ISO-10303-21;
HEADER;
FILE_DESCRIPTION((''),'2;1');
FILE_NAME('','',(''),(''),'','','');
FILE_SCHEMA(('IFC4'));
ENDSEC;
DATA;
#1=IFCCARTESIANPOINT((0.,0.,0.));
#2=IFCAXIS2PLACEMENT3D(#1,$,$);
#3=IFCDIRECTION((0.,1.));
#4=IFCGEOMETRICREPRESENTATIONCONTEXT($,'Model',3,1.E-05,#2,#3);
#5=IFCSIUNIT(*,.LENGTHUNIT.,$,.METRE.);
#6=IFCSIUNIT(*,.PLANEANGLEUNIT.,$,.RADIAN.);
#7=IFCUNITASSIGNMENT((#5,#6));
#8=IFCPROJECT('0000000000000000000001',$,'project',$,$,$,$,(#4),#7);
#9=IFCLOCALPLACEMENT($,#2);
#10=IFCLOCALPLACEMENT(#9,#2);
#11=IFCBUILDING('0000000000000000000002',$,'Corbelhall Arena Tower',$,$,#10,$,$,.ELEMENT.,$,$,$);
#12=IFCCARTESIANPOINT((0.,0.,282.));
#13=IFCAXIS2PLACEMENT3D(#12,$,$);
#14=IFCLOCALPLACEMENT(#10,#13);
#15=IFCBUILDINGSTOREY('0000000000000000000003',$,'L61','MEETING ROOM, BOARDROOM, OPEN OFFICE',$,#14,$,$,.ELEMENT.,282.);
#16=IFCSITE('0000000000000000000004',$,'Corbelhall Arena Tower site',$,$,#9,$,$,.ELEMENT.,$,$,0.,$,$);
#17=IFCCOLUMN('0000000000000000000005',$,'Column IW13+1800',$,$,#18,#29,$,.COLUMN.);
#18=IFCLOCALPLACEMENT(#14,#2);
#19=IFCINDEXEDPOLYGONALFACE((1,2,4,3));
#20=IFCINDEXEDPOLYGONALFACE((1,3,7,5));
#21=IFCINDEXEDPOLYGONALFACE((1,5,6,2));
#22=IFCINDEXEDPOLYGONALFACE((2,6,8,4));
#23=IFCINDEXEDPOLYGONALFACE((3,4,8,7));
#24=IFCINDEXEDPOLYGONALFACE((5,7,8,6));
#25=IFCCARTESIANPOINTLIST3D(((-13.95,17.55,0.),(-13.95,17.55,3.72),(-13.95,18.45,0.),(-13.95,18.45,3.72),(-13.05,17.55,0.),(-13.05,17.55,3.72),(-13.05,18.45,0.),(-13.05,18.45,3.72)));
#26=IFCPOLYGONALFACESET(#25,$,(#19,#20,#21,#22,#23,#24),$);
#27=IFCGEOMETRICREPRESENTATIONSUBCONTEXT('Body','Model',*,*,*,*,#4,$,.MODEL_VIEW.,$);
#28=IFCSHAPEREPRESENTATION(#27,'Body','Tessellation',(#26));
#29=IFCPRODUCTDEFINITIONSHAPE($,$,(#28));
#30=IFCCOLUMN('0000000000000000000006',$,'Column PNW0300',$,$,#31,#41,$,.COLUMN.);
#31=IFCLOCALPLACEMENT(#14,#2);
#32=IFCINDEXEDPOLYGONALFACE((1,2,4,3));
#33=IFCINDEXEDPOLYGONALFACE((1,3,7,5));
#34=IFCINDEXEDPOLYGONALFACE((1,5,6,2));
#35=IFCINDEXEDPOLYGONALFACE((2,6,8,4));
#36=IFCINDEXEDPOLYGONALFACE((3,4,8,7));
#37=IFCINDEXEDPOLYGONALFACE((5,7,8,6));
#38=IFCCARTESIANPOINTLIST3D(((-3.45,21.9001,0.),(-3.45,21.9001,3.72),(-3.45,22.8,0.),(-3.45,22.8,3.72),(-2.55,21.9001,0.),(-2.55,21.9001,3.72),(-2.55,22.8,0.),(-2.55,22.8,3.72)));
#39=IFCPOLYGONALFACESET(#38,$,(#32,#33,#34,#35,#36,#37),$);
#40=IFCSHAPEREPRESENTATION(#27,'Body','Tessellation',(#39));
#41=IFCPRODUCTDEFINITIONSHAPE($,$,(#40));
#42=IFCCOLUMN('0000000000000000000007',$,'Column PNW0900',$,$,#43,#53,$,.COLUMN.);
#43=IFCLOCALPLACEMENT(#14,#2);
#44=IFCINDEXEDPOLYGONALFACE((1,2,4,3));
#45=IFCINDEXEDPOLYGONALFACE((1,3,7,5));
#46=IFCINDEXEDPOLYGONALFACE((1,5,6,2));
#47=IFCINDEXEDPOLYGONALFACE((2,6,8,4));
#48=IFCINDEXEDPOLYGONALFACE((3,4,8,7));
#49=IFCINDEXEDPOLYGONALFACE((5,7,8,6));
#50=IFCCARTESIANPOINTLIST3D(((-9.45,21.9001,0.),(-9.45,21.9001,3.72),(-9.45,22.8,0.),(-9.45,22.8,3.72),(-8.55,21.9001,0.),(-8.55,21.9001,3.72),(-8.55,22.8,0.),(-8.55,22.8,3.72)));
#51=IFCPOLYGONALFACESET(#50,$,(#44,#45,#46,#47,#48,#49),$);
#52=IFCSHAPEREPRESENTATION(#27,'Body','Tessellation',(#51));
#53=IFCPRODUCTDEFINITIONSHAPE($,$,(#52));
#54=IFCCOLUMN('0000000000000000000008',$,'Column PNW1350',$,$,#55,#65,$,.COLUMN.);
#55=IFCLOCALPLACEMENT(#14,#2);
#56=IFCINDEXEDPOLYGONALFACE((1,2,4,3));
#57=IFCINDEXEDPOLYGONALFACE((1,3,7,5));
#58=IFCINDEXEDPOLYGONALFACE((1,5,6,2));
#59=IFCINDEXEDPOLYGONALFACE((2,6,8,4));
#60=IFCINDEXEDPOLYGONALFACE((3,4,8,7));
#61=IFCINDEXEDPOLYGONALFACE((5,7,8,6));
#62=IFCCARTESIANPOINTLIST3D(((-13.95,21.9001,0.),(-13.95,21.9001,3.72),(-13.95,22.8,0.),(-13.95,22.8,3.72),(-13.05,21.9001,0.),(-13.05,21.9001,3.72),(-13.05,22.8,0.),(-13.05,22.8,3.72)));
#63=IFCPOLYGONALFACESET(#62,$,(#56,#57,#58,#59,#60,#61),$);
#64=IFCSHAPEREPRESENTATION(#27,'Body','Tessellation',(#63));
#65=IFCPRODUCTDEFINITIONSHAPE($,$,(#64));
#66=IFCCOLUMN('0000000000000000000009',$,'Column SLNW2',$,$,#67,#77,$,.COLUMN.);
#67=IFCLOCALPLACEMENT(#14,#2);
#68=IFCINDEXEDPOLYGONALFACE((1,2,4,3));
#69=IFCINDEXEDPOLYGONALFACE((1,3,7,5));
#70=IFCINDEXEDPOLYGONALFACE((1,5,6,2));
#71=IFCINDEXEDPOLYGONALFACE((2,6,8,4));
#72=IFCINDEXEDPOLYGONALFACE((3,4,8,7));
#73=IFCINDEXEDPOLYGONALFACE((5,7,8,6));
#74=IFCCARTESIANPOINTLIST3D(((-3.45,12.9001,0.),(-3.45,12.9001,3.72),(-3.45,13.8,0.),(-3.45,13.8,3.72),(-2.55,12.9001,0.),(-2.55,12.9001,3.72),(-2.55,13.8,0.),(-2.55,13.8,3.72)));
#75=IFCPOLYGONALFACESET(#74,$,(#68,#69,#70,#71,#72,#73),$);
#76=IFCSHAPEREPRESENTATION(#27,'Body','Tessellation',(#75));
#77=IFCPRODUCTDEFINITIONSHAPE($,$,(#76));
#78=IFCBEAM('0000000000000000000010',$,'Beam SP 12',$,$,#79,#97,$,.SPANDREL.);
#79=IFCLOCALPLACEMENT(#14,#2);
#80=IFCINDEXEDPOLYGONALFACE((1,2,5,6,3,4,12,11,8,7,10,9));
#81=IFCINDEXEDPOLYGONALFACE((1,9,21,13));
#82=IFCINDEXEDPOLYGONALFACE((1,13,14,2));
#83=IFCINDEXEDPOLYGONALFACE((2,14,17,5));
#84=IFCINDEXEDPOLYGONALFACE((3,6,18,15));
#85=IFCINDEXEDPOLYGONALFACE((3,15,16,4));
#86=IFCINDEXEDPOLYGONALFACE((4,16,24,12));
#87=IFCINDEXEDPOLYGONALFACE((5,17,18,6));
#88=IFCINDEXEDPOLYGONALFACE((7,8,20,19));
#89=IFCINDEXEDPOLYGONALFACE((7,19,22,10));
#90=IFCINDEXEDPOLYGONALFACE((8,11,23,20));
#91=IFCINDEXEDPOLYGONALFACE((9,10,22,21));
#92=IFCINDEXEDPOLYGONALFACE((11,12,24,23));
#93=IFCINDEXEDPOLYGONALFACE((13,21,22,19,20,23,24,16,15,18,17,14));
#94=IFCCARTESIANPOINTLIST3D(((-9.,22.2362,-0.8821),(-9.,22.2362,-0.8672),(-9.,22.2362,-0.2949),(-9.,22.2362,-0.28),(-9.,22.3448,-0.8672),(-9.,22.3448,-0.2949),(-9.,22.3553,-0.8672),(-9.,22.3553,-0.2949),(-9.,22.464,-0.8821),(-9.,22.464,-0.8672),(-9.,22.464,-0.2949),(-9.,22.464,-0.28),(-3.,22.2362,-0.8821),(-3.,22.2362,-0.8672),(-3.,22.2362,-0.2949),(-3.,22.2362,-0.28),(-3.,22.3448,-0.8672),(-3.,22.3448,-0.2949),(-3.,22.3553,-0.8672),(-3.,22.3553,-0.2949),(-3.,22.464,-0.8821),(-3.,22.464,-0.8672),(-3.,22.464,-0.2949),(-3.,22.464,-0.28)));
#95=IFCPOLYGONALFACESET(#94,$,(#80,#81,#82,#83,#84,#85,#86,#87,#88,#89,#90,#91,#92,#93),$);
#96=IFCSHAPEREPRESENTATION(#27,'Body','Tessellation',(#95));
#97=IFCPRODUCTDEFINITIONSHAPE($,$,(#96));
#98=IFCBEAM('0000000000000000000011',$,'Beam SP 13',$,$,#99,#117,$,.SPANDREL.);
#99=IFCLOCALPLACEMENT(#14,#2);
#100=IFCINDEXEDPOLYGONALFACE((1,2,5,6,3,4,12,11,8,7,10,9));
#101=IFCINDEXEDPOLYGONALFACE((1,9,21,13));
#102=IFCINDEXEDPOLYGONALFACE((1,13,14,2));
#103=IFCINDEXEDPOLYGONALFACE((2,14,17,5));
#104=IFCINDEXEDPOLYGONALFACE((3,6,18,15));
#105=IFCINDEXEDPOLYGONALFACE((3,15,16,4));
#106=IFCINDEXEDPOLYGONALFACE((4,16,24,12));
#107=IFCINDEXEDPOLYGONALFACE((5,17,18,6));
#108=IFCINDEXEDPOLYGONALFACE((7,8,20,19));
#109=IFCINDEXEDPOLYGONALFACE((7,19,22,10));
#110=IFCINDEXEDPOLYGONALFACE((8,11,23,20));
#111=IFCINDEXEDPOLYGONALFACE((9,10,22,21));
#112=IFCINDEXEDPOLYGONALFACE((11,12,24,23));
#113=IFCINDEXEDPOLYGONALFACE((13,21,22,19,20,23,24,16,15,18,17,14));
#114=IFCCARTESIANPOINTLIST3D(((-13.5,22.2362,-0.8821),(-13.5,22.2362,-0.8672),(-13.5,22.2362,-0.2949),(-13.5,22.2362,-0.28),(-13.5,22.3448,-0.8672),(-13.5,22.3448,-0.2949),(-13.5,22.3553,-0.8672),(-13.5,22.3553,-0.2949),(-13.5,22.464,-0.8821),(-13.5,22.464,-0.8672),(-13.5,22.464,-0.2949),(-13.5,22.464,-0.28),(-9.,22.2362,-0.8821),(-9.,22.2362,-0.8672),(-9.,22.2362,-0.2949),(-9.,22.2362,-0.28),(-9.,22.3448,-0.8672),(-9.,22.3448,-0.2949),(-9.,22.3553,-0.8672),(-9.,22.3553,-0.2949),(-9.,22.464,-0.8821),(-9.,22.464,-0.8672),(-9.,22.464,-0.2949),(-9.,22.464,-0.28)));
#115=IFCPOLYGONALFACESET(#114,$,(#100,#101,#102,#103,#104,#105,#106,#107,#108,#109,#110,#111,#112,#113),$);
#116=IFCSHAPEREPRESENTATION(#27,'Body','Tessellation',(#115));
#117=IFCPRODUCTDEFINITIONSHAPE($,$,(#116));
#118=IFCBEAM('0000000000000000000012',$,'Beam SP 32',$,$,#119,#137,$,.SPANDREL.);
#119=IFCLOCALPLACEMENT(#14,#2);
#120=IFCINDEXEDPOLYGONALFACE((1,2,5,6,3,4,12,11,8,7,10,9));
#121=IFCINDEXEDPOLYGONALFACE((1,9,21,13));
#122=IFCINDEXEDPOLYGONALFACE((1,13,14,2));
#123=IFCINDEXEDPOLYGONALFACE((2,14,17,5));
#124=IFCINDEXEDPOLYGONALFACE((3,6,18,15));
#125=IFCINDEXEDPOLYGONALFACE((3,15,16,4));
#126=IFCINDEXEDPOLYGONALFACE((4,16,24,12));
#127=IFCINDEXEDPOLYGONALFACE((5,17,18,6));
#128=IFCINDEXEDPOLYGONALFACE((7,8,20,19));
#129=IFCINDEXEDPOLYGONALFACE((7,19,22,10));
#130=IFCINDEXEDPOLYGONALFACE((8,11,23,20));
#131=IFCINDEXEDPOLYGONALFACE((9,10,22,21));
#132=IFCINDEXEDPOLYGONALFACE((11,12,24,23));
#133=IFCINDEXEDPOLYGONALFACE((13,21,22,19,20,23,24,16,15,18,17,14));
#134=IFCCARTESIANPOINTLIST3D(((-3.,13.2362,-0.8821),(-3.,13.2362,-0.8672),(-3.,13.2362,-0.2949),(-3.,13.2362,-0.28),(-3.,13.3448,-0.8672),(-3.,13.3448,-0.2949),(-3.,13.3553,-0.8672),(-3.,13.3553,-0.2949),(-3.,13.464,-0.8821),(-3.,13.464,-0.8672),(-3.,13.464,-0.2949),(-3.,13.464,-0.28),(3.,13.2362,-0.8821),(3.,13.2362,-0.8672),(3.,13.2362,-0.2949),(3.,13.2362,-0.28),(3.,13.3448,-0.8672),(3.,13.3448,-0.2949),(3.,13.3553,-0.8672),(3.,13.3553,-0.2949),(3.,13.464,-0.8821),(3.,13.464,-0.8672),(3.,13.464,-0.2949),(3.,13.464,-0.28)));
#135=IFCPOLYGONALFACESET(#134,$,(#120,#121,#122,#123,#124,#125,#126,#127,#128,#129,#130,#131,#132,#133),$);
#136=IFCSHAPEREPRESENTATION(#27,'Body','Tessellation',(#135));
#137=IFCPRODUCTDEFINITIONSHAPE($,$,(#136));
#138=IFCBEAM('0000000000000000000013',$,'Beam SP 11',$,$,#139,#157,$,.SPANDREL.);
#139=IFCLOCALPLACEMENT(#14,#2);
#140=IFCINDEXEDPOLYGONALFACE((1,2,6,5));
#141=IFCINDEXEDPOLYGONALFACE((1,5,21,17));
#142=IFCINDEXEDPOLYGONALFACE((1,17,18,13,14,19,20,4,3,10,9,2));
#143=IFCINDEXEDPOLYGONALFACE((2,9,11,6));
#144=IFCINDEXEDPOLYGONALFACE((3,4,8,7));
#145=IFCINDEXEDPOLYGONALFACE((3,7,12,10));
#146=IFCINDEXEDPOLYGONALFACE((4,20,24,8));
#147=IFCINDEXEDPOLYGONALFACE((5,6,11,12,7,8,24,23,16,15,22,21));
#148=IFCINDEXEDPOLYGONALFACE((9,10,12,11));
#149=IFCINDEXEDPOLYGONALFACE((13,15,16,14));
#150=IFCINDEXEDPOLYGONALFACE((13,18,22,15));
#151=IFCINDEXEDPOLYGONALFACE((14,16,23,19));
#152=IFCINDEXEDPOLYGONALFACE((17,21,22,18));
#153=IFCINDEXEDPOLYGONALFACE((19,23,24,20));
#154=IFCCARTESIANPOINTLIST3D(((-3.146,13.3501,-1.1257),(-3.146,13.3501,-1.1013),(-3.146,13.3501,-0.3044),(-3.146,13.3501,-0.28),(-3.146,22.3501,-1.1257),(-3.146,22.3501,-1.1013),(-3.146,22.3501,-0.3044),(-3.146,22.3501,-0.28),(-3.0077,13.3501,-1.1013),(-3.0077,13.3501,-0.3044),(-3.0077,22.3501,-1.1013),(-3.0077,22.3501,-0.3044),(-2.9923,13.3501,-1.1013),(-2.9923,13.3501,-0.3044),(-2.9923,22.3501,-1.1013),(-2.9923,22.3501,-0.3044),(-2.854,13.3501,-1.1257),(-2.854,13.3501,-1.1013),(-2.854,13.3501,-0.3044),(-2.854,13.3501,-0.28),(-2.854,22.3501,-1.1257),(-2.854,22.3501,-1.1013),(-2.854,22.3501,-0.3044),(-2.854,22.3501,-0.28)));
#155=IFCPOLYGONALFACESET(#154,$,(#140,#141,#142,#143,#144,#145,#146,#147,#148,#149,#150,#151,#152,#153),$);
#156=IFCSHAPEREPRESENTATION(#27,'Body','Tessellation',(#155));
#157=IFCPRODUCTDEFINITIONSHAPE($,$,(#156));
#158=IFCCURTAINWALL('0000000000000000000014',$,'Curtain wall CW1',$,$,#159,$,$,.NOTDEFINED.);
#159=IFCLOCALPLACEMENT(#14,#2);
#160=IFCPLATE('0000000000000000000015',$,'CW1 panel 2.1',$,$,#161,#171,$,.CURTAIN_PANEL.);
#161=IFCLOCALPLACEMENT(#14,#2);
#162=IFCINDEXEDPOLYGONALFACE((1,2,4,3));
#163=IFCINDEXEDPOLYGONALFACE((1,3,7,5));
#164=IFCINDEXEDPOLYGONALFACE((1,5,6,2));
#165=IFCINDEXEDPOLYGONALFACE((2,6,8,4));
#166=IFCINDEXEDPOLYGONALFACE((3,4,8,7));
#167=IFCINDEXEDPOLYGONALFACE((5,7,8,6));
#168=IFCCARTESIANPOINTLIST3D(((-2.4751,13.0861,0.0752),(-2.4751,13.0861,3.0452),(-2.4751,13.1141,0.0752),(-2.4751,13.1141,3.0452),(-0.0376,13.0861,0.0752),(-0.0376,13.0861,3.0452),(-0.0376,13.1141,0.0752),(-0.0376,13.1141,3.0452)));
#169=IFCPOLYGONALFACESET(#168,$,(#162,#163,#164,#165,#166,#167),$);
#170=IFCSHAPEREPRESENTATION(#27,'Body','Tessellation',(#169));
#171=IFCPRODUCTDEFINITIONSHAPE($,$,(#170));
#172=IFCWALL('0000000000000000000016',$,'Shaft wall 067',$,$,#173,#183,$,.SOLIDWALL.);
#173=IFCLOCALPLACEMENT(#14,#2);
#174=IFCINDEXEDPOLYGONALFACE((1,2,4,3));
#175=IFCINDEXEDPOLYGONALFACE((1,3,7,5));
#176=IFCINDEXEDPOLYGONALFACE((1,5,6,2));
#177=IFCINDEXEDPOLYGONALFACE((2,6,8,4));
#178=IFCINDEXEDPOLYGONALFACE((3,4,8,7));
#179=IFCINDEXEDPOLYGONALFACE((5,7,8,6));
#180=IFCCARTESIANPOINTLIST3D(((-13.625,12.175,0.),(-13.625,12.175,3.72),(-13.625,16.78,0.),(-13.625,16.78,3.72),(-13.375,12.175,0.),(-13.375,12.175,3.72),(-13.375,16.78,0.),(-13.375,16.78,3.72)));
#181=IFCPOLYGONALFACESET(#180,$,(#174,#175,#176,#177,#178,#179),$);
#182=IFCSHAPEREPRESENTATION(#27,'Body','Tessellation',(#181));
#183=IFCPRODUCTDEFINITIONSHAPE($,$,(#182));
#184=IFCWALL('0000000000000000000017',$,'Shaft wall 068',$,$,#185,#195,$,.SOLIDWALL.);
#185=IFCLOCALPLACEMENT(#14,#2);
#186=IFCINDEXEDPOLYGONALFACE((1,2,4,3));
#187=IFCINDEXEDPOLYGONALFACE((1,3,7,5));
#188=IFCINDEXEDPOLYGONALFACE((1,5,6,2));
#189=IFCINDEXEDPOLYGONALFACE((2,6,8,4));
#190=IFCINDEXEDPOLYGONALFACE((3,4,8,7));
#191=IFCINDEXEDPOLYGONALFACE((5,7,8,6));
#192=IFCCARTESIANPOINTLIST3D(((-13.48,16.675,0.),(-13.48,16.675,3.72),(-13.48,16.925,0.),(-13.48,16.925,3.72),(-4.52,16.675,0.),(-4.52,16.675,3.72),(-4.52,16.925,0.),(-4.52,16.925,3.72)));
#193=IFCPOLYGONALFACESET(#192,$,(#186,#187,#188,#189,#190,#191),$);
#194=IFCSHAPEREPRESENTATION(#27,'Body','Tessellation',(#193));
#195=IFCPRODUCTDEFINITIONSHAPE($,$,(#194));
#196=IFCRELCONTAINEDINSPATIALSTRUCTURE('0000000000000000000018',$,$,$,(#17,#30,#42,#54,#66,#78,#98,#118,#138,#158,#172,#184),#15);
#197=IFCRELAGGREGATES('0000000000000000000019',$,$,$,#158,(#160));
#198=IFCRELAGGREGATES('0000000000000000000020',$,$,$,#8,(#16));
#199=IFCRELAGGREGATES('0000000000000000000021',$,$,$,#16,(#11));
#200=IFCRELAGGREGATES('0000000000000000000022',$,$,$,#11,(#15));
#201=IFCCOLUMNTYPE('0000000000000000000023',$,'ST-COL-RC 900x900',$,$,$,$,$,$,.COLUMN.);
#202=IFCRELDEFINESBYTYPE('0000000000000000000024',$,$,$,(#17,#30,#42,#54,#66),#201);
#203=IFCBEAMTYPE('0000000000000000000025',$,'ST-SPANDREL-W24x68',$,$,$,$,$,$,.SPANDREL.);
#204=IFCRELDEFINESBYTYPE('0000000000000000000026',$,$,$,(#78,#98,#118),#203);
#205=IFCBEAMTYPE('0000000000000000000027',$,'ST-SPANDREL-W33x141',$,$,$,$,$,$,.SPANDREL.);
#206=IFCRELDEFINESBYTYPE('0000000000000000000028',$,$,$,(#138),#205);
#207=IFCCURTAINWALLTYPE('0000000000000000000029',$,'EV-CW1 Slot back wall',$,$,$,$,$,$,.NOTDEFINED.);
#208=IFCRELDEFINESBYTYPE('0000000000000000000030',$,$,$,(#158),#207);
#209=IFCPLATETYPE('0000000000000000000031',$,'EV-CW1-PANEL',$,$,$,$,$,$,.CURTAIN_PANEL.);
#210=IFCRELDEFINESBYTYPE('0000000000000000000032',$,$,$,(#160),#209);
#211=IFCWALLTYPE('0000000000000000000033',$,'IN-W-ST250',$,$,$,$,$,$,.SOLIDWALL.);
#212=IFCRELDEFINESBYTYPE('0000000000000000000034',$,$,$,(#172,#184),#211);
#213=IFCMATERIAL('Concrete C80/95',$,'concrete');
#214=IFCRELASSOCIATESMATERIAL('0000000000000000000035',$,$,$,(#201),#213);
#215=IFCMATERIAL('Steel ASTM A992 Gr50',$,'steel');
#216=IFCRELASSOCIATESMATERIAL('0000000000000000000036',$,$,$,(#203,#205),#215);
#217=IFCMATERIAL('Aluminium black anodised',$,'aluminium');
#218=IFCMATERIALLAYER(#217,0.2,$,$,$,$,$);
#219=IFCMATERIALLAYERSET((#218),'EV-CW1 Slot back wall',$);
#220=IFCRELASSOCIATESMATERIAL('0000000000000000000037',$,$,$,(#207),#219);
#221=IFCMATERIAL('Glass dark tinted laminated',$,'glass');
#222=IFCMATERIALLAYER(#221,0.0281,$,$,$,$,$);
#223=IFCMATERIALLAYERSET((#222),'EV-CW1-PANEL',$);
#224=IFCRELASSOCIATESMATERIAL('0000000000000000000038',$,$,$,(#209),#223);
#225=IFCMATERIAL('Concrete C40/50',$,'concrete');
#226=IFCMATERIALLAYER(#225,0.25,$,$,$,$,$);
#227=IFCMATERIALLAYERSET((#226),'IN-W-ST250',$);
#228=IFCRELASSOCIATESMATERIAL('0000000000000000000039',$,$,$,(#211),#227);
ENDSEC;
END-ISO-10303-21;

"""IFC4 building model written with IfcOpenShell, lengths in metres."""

from ifc_helpers import new_model, si_unit, direction, frame, frame_2d, origin, origin_2d, place, context, subcontext, project, spatial, rectangle, i_section, extrude, material, layer, layer_set, material_profile, profile_set, type_object, element, aggregate, save


model = new_model("IFC4")

# Units and contexts
model_context = context("Model", 3, precision=1e-05, world=origin(), true_north=direction((0.0, 1.0)))
body_context = subcontext(model_context, "Body", "Model", "MODEL_VIEW")
ifc_project = project(units=[si_unit("LENGTHUNIT", "METRE"), si_unit("PLANEANGLEUNIT", "RADIAN")], contexts=[model_context])

# Site, building, storey
site_placement = place(None, origin())
site = spatial("IfcSite", under=ifc_project, at=site_placement, Name="Corbelhall Arena Tower site", CompositionType="ELEMENT", RefElevation=0.0)
building_placement = place(site_placement, origin())
building = spatial("IfcBuilding", under=site, at=building_placement, Name="Corbelhall Arena Tower", CompositionType="ELEMENT")
storey_placement = place(building_placement, frame((0.0, 0.0, 282.0)))
storey = spatial("IfcBuildingStorey", under=building, at=storey_placement, Name="L61", Description="MEETING ROOM, BOARDROOM, OPEN OFFICE", CompositionType="ELEMENT", Elevation=282.0)

# Columns
ifc_material_1 = material(Name="Concrete C80/95", Category="concrete")
ifc_material_profile_1 = material_profile(ifc_material_1, rectangle(XDim=0.8999, YDim=0.8999, at=origin_2d()))
ifc_profile_set_1 = profile_set([ifc_material_profile_1], Name="Concrete C80/95")
column_type = type_object("IfcColumnType", Name="ST-COL-RC 900x900", PredefinedType="COLUMN", material=ifc_profile_set_1)
for number, where, z_axis, x_axis, name in (
    (1, (-13.5, 18.0, 0.0), (0.0, 0.0, 1.0), (1.0, 0.0, 0.0), "Column IW13+1800"),
    (2, (-3.0, 22.3501, 0.0), (0.0, 0.0, 1.0), (1.0, 0.0, 0.0), "Column PNW0300"),
    (3, (-9.0, 22.3501, 0.0), (0.0, 0.0, 1.0), (1.0, 0.0, 0.0), "Column PNW0900"),
    (4, (-13.5, 22.3501, 0.0), (0.0, 0.0, 1.0), (1.0, 0.0, 0.0), "Column PNW1350"),
    (5, (-3.0, 13.3501, 0.0), (0.0, 0.0, 1.0), (1.0, 0.0, 0.0), "Column SLNW2"),
):
    element("IfcColumn", number, at=place(storey_placement, frame(where, z_axis=z_axis, x_axis=x_axis)), inside=storey, type_object=column_type, Name=name, PredefinedType="COLUMN", context=body_context, shape_type="SweptSolid", body=[
        extrude(rectangle(XDim=0.8999, YDim=0.8999, at=origin_2d()), origin(), (0.0, 0.0, 1.0), 3.72),
    ])

# Beams
ifc_material_2 = material(Name="Steel ASTM A992 Gr50", Category="steel")
ifc_material_profile_2 = material_profile(ifc_material_2, i_section(OverallWidth=0.2278, OverallDepth=0.6021, WebThickness=0.0105, FlangeThickness=0.0149, at=origin_2d()))
ifc_profile_set_2 = profile_set([ifc_material_profile_2], Name="Steel ASTM A992 Gr50")
beam_type_1 = type_object("IfcBeamType", Name="ST-SPANDREL-W24x68", PredefinedType="SPANDREL", material=ifc_profile_set_2)
beam_1_placement = place(storey_placement, frame((-9.0, 22.3501, -0.5811), z_axis=(1.0, 0.0, 0.0), x_axis=(0.0, 1.0, 0.0)))
element("IfcBeam", 6, at=beam_1_placement, inside=storey, type_object=beam_type_1, Name="Beam SP 12", PredefinedType="SPANDREL", context=body_context, shape_type="SweptSolid", body=[
    extrude(i_section(OverallWidth=0.2278, OverallDepth=0.6021, WebThickness=0.0105, FlangeThickness=0.0149, at=origin_2d()), origin(), (0.0, 0.0, 1.0), 6.0),
])
beam_2_placement = place(storey_placement, frame((-13.5, 22.3501, -0.5811), z_axis=(1.0, 0.0, 0.0), x_axis=(0.0, 1.0, 0.0)))
element("IfcBeam", 7, at=beam_2_placement, inside=storey, type_object=beam_type_1, Name="Beam SP 13", PredefinedType="SPANDREL", context=body_context, shape_type="SweptSolid", body=[
    extrude(i_section(OverallWidth=0.2278, OverallDepth=0.6021, WebThickness=0.0105, FlangeThickness=0.0149, at=origin_2d()), origin(), (0.0, 0.0, 1.0), 4.5),
])
beam_3_placement = place(storey_placement, frame((-3.0, 13.3501, -0.5811), z_axis=(1.0, 0.0, 0.0), x_axis=(0.0, 1.0, 0.0)))
element("IfcBeam", 8, at=beam_3_placement, inside=storey, type_object=beam_type_1, Name="Beam SP 32", PredefinedType="SPANDREL", context=body_context, shape_type="SweptSolid", body=[
    extrude(i_section(OverallWidth=0.2278, OverallDepth=0.6021, WebThickness=0.0105, FlangeThickness=0.0149, at=origin_2d()), origin(), (0.0, 0.0, 1.0), 6.0),
])
ifc_material_profile_3 = material_profile(ifc_material_2, i_section(OverallWidth=0.292, OverallDepth=0.8457, WebThickness=0.0154, FlangeThickness=0.0244, at=origin_2d()))
ifc_profile_set_3 = profile_set([ifc_material_profile_3], Name="Steel ASTM A992 Gr50")
beam_type_2 = type_object("IfcBeamType", Name="ST-SPANDREL-W33x141", PredefinedType="SPANDREL", material=ifc_profile_set_3)
beam_4_placement = place(storey_placement, frame((-3.0, 22.3501, -0.7029), z_axis=(0.0, -1.0, 0.0), x_axis=(1.0, 0.0, 0.0)))
element("IfcBeam", 9, at=beam_4_placement, inside=storey, type_object=beam_type_2, Name="Beam SP 11", PredefinedType="SPANDREL", context=body_context, shape_type="SweptSolid", body=[
    extrude(i_section(OverallWidth=0.292, OverallDepth=0.8457, WebThickness=0.0154, FlangeThickness=0.0244, at=origin_2d()), origin(), (0.0, 0.0, 1.0), 9.0),
])

# Curtain wall, plate
ifc_material_3 = material(Name="Aluminium black anodised", Category="aluminium")
ifc_layer_1 = layer(ifc_material_3, 0.2)
ifc_layer_set_1 = layer_set([ifc_layer_1], Name="EV-CW1 Slot back wall")
curtain_wall_type = type_object("IfcCurtainWallType", Name="EV-CW1 Slot back wall", PredefinedType="NOTDEFINED", material=ifc_layer_set_1)
curtain_wall_placement = place(storey_placement, origin())
curtain_wall = element("IfcCurtainWall", 10, at=curtain_wall_placement, inside=storey, type_object=curtain_wall_type, Name="Curtain wall CW1", PredefinedType="NOTDEFINED")
ifc_material_4 = material(Name="Glass dark tinted laminated", Category="glass")
ifc_layer_2 = layer(ifc_material_4, 0.0281)
ifc_layer_set_2 = layer_set([ifc_layer_2], Name="EV-CW1-PANEL")
plate_type = type_object("IfcPlateType", Name="EV-CW1-PANEL", PredefinedType="CURTAIN_PANEL", material=ifc_layer_set_2)
plate_placement = place(storey_placement, frame((-1.2563, 13.1001, 0.0752), z_axis=(0.0, 0.0, 1.0), x_axis=(-1.0, 0.0, 0.0)))
plate = element("IfcPlate", 11, at=plate_placement, type_object=plate_type, Name="CW1 panel 2.1", PredefinedType="CURTAIN_PANEL", context=body_context, shape_type="SweptSolid", body=[
    extrude(rectangle(XDim=2.4375, YDim=0.0281, at=origin_2d()), origin(), (0.0, 0.0, 1.0), 2.97),
])
aggregate(curtain_wall, [plate])

# Walls
ifc_material_5 = material(Name="Concrete C40/50", Category="concrete")
ifc_layer_3 = layer(ifc_material_5, 0.25)
ifc_layer_set_3 = layer_set([ifc_layer_3], Name="IN-W-ST250")
wall_type_1 = type_object("IfcWallType", Name="IN-W-ST250", PredefinedType="SOLIDWALL", material=ifc_layer_set_3)
wall_1_placement = place(storey_placement, frame((-13.5, 16.78, 0.0), z_axis=(0.0, 0.0, 1.0), x_axis=(0.0, -1.0, 0.0)))
element("IfcWall", 12, at=wall_1_placement, inside=storey, type_object=wall_type_1, Name="Shaft wall 067", PredefinedType="SOLIDWALL", context=body_context, shape_type="SweptSolid", body=[
    extrude(rectangle(XDim=4.605, YDim=0.25, at=frame_2d((2.3025, 0.0))), origin(), (0.0, 0.0, 1.0), 3.72),
])
wall_2_placement = place(storey_placement, frame((-13.48, 16.8, 0.0), z_axis=(0.0, 0.0, 1.0), x_axis=(1.0, 0.0, 0.0)))
element("IfcWall", 13, at=wall_2_placement, inside=storey, type_object=wall_type_1, Name="Shaft wall 068", PredefinedType="SOLIDWALL", context=body_context, shape_type="SweptSolid", body=[
    extrude(rectangle(XDim=8.96, YDim=0.25, at=frame_2d((4.48, 0.0))), origin(), (0.0, 0.0, 1.0), 3.72),
])

save(model, "model.ifc")
